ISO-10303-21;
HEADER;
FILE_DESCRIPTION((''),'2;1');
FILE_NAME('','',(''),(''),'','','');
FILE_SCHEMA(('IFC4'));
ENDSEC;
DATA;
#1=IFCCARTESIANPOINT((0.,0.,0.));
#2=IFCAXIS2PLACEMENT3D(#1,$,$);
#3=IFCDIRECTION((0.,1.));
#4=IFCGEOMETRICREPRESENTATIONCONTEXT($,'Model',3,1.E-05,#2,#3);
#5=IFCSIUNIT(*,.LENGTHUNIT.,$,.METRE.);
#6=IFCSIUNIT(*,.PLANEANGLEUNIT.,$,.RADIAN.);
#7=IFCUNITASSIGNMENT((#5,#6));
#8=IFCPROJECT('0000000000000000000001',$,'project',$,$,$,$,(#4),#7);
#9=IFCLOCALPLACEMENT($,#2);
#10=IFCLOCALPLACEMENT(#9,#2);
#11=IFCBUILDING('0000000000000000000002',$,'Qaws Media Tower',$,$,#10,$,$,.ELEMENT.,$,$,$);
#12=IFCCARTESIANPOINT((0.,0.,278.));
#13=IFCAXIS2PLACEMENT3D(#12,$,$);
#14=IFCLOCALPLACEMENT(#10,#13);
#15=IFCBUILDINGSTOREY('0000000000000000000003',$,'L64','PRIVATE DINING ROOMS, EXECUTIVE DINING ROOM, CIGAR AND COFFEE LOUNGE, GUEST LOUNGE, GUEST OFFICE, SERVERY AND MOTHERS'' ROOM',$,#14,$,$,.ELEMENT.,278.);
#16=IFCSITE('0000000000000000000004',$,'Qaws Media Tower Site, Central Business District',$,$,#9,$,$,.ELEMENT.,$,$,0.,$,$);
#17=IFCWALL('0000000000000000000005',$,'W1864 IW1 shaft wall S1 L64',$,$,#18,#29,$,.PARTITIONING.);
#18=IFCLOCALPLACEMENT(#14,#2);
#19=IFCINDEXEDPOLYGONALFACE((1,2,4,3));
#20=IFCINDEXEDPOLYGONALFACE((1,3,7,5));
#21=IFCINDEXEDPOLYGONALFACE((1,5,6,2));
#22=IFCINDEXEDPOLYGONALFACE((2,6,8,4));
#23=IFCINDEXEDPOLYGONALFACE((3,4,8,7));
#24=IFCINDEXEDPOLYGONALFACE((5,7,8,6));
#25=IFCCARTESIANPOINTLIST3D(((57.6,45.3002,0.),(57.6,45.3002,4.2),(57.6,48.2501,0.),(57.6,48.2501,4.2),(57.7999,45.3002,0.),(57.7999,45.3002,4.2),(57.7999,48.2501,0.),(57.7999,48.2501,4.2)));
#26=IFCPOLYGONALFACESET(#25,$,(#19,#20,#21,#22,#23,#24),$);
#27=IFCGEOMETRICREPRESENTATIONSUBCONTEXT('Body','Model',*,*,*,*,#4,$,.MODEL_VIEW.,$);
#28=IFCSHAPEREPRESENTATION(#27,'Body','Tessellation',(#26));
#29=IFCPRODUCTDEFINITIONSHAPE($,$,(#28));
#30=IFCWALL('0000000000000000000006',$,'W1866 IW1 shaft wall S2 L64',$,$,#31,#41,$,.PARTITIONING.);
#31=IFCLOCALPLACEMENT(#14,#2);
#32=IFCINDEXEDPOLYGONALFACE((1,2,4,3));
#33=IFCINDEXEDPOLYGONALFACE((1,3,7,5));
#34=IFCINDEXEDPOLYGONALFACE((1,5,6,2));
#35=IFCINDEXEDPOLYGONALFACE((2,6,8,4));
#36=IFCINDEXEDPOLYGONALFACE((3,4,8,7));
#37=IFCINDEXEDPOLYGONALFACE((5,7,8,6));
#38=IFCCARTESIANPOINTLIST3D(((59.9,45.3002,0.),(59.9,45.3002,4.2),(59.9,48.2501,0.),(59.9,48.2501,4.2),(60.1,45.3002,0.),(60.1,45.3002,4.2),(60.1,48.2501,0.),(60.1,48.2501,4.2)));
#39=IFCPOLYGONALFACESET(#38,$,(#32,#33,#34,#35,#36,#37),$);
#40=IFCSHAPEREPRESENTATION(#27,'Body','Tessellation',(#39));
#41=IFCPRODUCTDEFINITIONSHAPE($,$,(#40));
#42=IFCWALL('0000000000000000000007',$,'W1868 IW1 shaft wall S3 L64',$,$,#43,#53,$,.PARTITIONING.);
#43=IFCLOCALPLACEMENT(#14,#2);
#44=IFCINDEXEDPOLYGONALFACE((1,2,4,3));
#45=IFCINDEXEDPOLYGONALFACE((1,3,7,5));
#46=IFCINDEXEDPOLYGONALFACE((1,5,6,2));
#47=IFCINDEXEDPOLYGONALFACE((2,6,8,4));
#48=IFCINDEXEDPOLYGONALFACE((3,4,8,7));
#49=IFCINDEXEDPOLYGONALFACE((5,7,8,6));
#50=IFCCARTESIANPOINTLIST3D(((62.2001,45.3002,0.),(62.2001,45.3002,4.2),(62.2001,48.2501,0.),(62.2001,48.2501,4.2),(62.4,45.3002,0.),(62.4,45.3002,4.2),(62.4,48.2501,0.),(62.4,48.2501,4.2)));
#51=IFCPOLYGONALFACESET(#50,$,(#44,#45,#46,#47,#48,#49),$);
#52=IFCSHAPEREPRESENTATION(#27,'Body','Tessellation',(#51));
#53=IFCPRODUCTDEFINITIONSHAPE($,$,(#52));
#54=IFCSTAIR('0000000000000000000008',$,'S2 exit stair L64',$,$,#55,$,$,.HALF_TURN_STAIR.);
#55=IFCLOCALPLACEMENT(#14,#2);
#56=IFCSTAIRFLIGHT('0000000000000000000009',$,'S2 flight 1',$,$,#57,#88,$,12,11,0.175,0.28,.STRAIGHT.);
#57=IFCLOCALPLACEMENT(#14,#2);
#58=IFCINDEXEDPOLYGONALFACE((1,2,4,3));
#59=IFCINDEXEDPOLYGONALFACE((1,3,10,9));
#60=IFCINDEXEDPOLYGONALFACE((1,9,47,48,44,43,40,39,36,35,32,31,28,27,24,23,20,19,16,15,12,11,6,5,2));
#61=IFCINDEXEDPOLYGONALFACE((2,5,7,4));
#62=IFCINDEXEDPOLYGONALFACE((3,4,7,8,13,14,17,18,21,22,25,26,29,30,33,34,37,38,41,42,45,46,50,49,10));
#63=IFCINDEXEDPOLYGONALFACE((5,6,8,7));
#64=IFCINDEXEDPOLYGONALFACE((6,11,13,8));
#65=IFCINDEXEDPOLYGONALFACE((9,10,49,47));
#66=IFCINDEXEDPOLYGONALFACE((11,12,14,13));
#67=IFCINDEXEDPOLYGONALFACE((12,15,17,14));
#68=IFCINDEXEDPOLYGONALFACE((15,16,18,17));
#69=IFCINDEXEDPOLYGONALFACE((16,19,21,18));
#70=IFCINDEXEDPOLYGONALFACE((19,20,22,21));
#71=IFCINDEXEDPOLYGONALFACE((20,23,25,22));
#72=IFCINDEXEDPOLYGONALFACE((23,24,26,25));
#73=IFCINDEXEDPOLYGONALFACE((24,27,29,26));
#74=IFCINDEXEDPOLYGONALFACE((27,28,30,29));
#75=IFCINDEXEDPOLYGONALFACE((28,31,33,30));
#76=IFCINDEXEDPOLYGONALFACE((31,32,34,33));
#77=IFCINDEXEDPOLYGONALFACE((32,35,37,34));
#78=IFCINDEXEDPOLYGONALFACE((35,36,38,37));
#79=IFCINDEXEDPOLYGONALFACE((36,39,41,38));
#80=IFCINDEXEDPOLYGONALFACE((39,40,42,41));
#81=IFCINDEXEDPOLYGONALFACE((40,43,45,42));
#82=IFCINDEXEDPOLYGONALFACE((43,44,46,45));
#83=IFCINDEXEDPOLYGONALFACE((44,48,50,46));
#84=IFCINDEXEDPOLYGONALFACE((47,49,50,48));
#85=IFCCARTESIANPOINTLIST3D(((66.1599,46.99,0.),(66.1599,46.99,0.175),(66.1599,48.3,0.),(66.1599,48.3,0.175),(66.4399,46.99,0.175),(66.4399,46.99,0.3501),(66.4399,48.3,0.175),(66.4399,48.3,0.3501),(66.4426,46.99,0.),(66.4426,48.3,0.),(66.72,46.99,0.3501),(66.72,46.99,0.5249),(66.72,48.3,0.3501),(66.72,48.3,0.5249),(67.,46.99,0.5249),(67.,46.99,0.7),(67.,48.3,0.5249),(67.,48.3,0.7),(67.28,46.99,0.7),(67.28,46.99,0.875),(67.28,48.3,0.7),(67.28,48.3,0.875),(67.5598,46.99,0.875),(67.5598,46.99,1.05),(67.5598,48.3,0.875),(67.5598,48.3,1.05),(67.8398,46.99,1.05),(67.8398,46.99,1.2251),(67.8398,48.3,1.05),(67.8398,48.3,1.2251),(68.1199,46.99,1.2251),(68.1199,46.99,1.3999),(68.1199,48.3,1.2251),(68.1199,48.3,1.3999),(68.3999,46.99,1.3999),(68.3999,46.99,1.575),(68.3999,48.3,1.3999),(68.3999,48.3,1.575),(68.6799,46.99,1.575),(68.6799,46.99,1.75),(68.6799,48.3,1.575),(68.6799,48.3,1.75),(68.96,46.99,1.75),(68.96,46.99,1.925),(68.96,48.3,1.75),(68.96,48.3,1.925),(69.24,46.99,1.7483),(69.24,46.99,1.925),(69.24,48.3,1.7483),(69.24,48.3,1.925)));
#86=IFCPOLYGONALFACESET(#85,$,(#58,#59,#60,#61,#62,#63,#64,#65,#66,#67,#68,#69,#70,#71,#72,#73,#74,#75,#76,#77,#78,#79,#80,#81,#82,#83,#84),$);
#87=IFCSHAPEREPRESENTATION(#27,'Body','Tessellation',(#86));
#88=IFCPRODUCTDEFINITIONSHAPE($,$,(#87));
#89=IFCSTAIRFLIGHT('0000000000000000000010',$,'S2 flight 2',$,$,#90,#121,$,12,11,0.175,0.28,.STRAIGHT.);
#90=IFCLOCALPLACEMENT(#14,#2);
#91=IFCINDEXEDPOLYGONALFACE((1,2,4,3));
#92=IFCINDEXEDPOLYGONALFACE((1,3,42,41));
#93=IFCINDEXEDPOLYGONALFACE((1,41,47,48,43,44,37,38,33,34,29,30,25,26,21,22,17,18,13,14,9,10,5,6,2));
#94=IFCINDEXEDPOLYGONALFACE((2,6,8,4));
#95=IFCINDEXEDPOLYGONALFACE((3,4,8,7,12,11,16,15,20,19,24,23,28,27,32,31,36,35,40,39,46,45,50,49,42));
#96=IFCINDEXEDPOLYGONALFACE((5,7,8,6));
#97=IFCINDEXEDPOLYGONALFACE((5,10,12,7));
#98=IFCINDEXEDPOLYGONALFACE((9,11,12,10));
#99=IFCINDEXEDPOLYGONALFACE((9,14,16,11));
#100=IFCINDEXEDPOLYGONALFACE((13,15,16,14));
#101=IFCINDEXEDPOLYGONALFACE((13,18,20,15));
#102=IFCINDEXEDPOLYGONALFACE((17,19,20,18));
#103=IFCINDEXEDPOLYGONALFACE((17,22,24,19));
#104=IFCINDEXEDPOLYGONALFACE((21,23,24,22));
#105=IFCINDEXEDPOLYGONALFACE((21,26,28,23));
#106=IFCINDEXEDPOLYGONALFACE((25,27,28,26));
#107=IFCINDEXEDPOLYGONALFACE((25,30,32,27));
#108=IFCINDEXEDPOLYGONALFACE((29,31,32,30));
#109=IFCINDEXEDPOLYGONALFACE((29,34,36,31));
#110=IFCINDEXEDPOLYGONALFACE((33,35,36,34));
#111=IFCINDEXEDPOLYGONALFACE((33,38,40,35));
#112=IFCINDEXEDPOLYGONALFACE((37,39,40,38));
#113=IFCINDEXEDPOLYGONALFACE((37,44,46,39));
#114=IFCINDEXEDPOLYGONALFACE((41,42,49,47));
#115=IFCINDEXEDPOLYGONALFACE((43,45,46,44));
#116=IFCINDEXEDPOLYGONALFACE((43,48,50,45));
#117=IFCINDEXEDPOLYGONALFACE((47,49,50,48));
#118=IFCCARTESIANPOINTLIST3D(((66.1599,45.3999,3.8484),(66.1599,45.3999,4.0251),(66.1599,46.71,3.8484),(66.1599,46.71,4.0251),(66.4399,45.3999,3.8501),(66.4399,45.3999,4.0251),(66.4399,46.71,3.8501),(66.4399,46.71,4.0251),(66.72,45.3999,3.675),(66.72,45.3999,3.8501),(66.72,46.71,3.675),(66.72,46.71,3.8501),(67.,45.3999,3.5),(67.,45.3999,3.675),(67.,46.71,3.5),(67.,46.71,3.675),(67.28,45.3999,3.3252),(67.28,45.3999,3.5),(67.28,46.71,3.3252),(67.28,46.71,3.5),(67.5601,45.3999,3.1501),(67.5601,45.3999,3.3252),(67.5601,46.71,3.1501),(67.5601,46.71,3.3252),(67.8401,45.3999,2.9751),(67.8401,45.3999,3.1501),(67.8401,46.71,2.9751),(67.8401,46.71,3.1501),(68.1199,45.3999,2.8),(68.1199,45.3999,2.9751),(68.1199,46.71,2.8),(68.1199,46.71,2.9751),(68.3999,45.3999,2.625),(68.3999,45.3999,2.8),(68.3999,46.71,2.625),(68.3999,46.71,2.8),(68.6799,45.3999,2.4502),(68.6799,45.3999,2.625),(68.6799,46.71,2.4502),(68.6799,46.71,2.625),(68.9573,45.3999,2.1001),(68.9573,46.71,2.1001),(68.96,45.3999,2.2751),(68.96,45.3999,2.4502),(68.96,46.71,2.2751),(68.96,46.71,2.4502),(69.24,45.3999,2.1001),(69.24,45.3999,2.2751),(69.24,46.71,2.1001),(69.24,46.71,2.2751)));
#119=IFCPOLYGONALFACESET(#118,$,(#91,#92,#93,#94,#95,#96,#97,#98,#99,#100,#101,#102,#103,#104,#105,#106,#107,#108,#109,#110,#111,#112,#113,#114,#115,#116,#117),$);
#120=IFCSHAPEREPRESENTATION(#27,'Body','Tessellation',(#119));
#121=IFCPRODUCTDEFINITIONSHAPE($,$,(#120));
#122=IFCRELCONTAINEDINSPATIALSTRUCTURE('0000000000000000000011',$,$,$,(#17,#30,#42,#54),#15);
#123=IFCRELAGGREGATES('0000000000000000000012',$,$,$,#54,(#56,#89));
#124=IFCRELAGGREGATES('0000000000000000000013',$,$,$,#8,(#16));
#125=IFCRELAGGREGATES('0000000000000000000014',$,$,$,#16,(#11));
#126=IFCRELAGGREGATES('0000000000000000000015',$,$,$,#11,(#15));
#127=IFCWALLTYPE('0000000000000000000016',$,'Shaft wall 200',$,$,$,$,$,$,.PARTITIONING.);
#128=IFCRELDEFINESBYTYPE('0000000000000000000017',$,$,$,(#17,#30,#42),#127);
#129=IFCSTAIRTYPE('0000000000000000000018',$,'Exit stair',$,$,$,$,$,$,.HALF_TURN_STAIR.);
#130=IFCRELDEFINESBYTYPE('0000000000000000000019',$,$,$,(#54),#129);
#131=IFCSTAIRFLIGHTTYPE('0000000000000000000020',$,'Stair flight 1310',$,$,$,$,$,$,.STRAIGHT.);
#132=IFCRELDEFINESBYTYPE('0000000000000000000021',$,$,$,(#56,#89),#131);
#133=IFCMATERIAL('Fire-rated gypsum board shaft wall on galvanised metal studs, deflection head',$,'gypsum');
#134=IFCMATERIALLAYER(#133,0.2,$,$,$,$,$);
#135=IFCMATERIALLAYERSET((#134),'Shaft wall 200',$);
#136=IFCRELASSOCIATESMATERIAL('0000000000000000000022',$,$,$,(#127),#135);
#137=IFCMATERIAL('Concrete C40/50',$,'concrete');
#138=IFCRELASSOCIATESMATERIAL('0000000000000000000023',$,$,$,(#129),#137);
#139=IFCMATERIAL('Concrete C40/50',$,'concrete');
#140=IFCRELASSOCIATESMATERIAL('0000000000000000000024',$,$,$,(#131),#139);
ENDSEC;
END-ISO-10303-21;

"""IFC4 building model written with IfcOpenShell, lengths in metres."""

from ifc_helpers import new_model, si_unit, direction, frame, frame_2d, origin, place, context, subcontext, project, spatial, polyline, rectangle, outline, extrude, material, layer, layer_set, type_object, element, aggregate, save


model = new_model("IFC4")

# Units and contexts
model_context = context("Model", 3, precision=1e-05, world=origin(), true_north=direction((0.0, 1.0)))
body_context = subcontext(model_context, "Body", "Model", "MODEL_VIEW")
ifc_project = project(units=[si_unit("LENGTHUNIT", "METRE"), si_unit("PLANEANGLEUNIT", "RADIAN")], contexts=[model_context])

# Site, building, storey
site_placement = place(None, origin())
site = spatial("IfcSite", under=ifc_project, at=site_placement, Name="Qaws Media Tower Site, Central Business District", CompositionType="ELEMENT", RefElevation=0.0)
building_placement = place(site_placement, origin())
building = spatial("IfcBuilding", under=site, at=building_placement, Name="Qaws Media Tower", CompositionType="ELEMENT")
storey_placement = place(building_placement, frame((0.0, 0.0, 278.0)))
storey = spatial("IfcBuildingStorey", under=building, at=storey_placement, Name="L64", Description="PRIVATE DINING ROOMS, EXECUTIVE DINING ROOM, CIGAR AND COFFEE LOUNGE, GUEST LOUNGE, GUEST OFFICE, SERVERY AND MOTHERS' ROOM", CompositionType="ELEMENT", Elevation=278.0)

# Walls
ifc_material_1 = material(Name="Fire-rated gypsum board shaft wall on galvanised metal studs, deflection head", Category="gypsum")
ifc_layer_1 = layer(ifc_material_1, 0.2)
ifc_layer_set_1 = layer_set([ifc_layer_1], Name="Shaft wall 200")
wall_type_1 = type_object("IfcWallType", Name="Shaft wall 200", PredefinedType="PARTITIONING", material=ifc_layer_set_1)
for number, where, z_axis, x_axis, name in (
    (1, (57.7, 45.3, 0.0), (0.0, 0.0, 1.0), (0.0, 1.0, 0.0), "W1864 IW1 shaft wall S1 L64"),
    (2, (60.0, 45.3, 0.0), (0.0, 0.0, 1.0), (0.0, 1.0, 0.0), "W1866 IW1 shaft wall S2 L64"),
    (3, (62.3, 45.3, 0.0), (0.0, 0.0, 1.0), (0.0, 1.0, 0.0), "W1868 IW1 shaft wall S3 L64"),
):
    element("IfcWall", number, at=place(storey_placement, frame(where, z_axis=z_axis, x_axis=x_axis)), inside=storey, type_object=wall_type_1, Name=name, PredefinedType="PARTITIONING", context=body_context, shape_type="SweptSolid", body=[
        extrude(rectangle(XDim=2.95, YDim=0.2, at=frame_2d((1.4751, 0.0))), origin(), (0.0, 0.0, 1.0), 4.2),
    ])

# Stair, stair flights
ifc_material_2 = material(Name="Concrete C40/50", Category="concrete")
stair_type = type_object("IfcStairType", Name="Exit stair", PredefinedType="HALF_TURN_STAIR", material=ifc_material_2)
stair_placement = place(storey_placement, origin())
stair = element("IfcStair", 4, at=stair_placement, inside=storey, type_object=stair_type, Name="S2 exit stair L64", PredefinedType="HALF_TURN_STAIR")
ifc_material_3 = material(Name="Concrete C40/50", Category="concrete")
stair_flight_type = type_object("IfcStairFlightType", Name="Stair flight 1310", PredefinedType="STRAIGHT", material=ifc_material_3)
stair_flight_1_placement = place(storey_placement, frame((66.1599, 47.645, 0.0), z_axis=(0.0, 0.0, 1.0), x_axis=(1.0, 0.0, 0.0)))
stair_flight_1 = element("IfcStairFlight", 5, at=stair_flight_1_placement, type_object=stair_flight_type, Name="S2 flight 1", NumberOfRisers=12, NumberOfTreads=11, PredefinedType="STRAIGHT", RiserHeight=0.175, TreadLength=0.28, context=body_context, shape_type="SweptSolid", body=[
    extrude(outline(polyline([(0.0, 0.0), (0.0, 0.175), (0.28, 0.175), (0.28, 0.3501), (0.5601, 0.3501), (0.5601, 0.5249), (0.8401, 0.5249), (0.8401, 0.7), (1.1201, 0.7), (1.1201, 0.875), (1.3999, 0.875), (1.3999, 1.05), (1.6799, 1.05), (1.6799, 1.2251), (1.96, 1.2251), (1.96, 1.3999), (2.24, 1.3999), (2.24, 1.575), (2.52, 1.575), (2.52, 1.75), (2.8, 1.75), (2.8, 1.925), (3.0801, 1.925), (3.0801, 2.1001), (3.0801, 1.7483), (0.2827, 0.0), (0.0, 0.0)])), frame((0.0, 0.655, 0.0), z_axis=(0.0, -1.0, 0.0), x_axis=(1.0, 0.0, 0.0)), (0.0, 0.0, 1.0), 1.3101),
])
stair_flight_2_placement = place(storey_placement, frame((69.24, 46.0549, 2.1001), z_axis=(0.0, 0.0, 1.0), x_axis=(-1.0, 0.0, 0.0)))
stair_flight_2 = element("IfcStairFlight", 6, at=stair_flight_2_placement, type_object=stair_flight_type, Name="S2 flight 2", NumberOfRisers=12, NumberOfTreads=11, PredefinedType="STRAIGHT", RiserHeight=0.175, TreadLength=0.28, context=body_context, shape_type="SweptSolid", body=[
    extrude(outline(polyline([(0.0, 0.0), (0.0, 0.175), (0.28, 0.175), (0.28, 0.3501), (0.5601, 0.3501), (0.5601, 0.5249), (0.8401, 0.5249), (0.8401, 0.7), (1.1201, 0.7), (1.1201, 0.875), (1.3999, 0.875), (1.3999, 1.05), (1.6799, 1.05), (1.6799, 1.2251), (1.96, 1.2251), (1.96, 1.3999), (2.24, 1.3999), (2.24, 1.575), (2.52, 1.575), (2.52, 1.75), (2.8, 1.75), (2.8, 1.925), (3.0801, 1.925), (3.0801, 2.1001), (3.0801, 1.7483), (0.2827, 0.0), (0.0, 0.0)])), frame((0.0, 0.655, 0.0), z_axis=(0.0, -1.0, 0.0), x_axis=(1.0, 0.0, 0.0)), (0.0, 0.0, 1.0), 1.3101),
])
aggregate(stair, [stair_flight_1, stair_flight_2])

save(model, "model.ifc")
